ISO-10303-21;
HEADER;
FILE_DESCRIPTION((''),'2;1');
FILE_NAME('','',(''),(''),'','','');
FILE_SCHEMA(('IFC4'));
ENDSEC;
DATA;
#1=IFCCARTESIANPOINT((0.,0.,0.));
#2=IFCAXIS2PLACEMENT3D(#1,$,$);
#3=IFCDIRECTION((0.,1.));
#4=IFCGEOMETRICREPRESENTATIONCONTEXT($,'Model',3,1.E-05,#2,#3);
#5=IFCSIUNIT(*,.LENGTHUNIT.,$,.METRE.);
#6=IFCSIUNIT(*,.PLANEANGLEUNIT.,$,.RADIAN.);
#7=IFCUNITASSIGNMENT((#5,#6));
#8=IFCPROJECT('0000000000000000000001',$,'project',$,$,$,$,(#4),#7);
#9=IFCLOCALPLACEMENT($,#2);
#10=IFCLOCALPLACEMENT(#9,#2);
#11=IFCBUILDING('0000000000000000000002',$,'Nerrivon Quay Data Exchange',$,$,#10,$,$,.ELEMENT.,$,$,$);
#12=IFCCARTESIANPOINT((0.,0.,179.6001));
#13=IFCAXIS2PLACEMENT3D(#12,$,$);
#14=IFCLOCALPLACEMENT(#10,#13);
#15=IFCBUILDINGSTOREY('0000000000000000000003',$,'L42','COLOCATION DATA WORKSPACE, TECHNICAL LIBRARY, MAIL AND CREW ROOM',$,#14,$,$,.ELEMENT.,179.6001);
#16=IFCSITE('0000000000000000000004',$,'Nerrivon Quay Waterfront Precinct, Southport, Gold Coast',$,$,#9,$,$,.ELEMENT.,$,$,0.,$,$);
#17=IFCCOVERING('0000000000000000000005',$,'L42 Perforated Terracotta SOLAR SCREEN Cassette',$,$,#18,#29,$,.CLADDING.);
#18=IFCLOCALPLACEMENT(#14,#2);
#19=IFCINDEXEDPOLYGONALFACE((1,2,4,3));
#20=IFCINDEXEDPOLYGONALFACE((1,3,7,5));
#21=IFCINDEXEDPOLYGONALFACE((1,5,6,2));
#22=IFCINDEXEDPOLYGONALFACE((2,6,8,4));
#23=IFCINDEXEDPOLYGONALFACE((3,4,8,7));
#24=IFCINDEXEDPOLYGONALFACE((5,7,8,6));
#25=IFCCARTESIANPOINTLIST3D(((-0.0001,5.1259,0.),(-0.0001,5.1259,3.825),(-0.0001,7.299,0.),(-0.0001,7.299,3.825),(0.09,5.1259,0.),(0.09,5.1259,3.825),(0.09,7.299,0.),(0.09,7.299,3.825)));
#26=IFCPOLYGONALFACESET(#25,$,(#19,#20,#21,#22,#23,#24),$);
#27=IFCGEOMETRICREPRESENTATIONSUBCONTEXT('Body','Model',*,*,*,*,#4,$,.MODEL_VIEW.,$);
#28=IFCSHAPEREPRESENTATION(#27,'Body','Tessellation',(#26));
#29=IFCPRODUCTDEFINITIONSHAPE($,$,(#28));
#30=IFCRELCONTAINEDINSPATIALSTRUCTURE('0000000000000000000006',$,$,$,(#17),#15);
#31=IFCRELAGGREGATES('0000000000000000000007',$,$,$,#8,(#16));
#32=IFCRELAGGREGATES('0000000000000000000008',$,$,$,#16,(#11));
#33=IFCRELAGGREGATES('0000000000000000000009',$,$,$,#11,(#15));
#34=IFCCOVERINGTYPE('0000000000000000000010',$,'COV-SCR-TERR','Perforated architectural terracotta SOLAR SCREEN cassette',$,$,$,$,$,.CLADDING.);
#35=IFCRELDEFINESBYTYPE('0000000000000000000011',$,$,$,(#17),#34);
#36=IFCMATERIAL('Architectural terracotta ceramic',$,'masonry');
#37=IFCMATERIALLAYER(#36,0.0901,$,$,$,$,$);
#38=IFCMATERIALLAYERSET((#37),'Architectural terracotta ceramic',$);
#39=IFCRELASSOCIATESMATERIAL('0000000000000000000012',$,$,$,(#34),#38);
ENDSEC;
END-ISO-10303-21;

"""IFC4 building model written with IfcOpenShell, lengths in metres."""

from ifc_helpers import new_model, si_unit, direction, frame, origin, origin_2d, place, context, subcontext, project, spatial, rectangle, extrude, material, layer, layer_set, type_object, element, save


model = new_model("IFC4")

# Units and contexts
model_context = context("Model", 3, precision=1e-05, world=origin(), true_north=direction((0.0, 1.0)))
body_context = subcontext(model_context, "Body", "Model", "MODEL_VIEW")
ifc_project = project(units=[si_unit("LENGTHUNIT", "METRE"), si_unit("PLANEANGLEUNIT", "RADIAN")], contexts=[model_context])

# Site, building, storey
site_placement = place(None, origin())
site = spatial("IfcSite", under=ifc_project, at=site_placement, Name="Nerrivon Quay Waterfront Precinct, Southport, Gold Coast", CompositionType="ELEMENT", RefElevation=0.0)
building_placement = place(site_placement, origin())
building = spatial("IfcBuilding", under=site, at=building_placement, Name="Nerrivon Quay Data Exchange", CompositionType="ELEMENT")
storey_placement = place(building_placement, frame((0.0, 0.0, 179.6001)))
storey = spatial("IfcBuildingStorey", under=building, at=storey_placement, Name="L42", Description="COLOCATION DATA WORKSPACE, TECHNICAL LIBRARY, MAIL AND CREW ROOM", CompositionType="ELEMENT", Elevation=179.6001)

# Covering
ifc_material_1 = material(Name="Architectural terracotta ceramic", Category="masonry")
ifc_layer_1 = layer(ifc_material_1, 0.0901)
ifc_layer_set_1 = layer_set([ifc_layer_1], Name="Architectural terracotta ceramic")
covering_type = type_object("IfcCoveringType", Name="COV-SCR-TERR", Description="Perforated architectural terracotta SOLAR SCREEN cassette", PredefinedType="CLADDING", material=ifc_layer_set_1)
covering_placement = place(storey_placement, frame((0.0449, 6.2124, 0.0), z_axis=(0.0, 0.0, 1.0), x_axis=(0.0, 1.0, 0.0)))
element("IfcCovering", 1, at=covering_placement, inside=storey, type_object=covering_type, Name="L42 Perforated Terracotta SOLAR SCREEN Cassette", PredefinedType="CLADDING", context=body_context, shape_type="SweptSolid", body=[
    extrude(rectangle(XDim=2.1731, YDim=0.0901, at=origin_2d()), origin(), (0.0, 0.0, 1.0), 3.825),
])

save(model, "model.ifc")
